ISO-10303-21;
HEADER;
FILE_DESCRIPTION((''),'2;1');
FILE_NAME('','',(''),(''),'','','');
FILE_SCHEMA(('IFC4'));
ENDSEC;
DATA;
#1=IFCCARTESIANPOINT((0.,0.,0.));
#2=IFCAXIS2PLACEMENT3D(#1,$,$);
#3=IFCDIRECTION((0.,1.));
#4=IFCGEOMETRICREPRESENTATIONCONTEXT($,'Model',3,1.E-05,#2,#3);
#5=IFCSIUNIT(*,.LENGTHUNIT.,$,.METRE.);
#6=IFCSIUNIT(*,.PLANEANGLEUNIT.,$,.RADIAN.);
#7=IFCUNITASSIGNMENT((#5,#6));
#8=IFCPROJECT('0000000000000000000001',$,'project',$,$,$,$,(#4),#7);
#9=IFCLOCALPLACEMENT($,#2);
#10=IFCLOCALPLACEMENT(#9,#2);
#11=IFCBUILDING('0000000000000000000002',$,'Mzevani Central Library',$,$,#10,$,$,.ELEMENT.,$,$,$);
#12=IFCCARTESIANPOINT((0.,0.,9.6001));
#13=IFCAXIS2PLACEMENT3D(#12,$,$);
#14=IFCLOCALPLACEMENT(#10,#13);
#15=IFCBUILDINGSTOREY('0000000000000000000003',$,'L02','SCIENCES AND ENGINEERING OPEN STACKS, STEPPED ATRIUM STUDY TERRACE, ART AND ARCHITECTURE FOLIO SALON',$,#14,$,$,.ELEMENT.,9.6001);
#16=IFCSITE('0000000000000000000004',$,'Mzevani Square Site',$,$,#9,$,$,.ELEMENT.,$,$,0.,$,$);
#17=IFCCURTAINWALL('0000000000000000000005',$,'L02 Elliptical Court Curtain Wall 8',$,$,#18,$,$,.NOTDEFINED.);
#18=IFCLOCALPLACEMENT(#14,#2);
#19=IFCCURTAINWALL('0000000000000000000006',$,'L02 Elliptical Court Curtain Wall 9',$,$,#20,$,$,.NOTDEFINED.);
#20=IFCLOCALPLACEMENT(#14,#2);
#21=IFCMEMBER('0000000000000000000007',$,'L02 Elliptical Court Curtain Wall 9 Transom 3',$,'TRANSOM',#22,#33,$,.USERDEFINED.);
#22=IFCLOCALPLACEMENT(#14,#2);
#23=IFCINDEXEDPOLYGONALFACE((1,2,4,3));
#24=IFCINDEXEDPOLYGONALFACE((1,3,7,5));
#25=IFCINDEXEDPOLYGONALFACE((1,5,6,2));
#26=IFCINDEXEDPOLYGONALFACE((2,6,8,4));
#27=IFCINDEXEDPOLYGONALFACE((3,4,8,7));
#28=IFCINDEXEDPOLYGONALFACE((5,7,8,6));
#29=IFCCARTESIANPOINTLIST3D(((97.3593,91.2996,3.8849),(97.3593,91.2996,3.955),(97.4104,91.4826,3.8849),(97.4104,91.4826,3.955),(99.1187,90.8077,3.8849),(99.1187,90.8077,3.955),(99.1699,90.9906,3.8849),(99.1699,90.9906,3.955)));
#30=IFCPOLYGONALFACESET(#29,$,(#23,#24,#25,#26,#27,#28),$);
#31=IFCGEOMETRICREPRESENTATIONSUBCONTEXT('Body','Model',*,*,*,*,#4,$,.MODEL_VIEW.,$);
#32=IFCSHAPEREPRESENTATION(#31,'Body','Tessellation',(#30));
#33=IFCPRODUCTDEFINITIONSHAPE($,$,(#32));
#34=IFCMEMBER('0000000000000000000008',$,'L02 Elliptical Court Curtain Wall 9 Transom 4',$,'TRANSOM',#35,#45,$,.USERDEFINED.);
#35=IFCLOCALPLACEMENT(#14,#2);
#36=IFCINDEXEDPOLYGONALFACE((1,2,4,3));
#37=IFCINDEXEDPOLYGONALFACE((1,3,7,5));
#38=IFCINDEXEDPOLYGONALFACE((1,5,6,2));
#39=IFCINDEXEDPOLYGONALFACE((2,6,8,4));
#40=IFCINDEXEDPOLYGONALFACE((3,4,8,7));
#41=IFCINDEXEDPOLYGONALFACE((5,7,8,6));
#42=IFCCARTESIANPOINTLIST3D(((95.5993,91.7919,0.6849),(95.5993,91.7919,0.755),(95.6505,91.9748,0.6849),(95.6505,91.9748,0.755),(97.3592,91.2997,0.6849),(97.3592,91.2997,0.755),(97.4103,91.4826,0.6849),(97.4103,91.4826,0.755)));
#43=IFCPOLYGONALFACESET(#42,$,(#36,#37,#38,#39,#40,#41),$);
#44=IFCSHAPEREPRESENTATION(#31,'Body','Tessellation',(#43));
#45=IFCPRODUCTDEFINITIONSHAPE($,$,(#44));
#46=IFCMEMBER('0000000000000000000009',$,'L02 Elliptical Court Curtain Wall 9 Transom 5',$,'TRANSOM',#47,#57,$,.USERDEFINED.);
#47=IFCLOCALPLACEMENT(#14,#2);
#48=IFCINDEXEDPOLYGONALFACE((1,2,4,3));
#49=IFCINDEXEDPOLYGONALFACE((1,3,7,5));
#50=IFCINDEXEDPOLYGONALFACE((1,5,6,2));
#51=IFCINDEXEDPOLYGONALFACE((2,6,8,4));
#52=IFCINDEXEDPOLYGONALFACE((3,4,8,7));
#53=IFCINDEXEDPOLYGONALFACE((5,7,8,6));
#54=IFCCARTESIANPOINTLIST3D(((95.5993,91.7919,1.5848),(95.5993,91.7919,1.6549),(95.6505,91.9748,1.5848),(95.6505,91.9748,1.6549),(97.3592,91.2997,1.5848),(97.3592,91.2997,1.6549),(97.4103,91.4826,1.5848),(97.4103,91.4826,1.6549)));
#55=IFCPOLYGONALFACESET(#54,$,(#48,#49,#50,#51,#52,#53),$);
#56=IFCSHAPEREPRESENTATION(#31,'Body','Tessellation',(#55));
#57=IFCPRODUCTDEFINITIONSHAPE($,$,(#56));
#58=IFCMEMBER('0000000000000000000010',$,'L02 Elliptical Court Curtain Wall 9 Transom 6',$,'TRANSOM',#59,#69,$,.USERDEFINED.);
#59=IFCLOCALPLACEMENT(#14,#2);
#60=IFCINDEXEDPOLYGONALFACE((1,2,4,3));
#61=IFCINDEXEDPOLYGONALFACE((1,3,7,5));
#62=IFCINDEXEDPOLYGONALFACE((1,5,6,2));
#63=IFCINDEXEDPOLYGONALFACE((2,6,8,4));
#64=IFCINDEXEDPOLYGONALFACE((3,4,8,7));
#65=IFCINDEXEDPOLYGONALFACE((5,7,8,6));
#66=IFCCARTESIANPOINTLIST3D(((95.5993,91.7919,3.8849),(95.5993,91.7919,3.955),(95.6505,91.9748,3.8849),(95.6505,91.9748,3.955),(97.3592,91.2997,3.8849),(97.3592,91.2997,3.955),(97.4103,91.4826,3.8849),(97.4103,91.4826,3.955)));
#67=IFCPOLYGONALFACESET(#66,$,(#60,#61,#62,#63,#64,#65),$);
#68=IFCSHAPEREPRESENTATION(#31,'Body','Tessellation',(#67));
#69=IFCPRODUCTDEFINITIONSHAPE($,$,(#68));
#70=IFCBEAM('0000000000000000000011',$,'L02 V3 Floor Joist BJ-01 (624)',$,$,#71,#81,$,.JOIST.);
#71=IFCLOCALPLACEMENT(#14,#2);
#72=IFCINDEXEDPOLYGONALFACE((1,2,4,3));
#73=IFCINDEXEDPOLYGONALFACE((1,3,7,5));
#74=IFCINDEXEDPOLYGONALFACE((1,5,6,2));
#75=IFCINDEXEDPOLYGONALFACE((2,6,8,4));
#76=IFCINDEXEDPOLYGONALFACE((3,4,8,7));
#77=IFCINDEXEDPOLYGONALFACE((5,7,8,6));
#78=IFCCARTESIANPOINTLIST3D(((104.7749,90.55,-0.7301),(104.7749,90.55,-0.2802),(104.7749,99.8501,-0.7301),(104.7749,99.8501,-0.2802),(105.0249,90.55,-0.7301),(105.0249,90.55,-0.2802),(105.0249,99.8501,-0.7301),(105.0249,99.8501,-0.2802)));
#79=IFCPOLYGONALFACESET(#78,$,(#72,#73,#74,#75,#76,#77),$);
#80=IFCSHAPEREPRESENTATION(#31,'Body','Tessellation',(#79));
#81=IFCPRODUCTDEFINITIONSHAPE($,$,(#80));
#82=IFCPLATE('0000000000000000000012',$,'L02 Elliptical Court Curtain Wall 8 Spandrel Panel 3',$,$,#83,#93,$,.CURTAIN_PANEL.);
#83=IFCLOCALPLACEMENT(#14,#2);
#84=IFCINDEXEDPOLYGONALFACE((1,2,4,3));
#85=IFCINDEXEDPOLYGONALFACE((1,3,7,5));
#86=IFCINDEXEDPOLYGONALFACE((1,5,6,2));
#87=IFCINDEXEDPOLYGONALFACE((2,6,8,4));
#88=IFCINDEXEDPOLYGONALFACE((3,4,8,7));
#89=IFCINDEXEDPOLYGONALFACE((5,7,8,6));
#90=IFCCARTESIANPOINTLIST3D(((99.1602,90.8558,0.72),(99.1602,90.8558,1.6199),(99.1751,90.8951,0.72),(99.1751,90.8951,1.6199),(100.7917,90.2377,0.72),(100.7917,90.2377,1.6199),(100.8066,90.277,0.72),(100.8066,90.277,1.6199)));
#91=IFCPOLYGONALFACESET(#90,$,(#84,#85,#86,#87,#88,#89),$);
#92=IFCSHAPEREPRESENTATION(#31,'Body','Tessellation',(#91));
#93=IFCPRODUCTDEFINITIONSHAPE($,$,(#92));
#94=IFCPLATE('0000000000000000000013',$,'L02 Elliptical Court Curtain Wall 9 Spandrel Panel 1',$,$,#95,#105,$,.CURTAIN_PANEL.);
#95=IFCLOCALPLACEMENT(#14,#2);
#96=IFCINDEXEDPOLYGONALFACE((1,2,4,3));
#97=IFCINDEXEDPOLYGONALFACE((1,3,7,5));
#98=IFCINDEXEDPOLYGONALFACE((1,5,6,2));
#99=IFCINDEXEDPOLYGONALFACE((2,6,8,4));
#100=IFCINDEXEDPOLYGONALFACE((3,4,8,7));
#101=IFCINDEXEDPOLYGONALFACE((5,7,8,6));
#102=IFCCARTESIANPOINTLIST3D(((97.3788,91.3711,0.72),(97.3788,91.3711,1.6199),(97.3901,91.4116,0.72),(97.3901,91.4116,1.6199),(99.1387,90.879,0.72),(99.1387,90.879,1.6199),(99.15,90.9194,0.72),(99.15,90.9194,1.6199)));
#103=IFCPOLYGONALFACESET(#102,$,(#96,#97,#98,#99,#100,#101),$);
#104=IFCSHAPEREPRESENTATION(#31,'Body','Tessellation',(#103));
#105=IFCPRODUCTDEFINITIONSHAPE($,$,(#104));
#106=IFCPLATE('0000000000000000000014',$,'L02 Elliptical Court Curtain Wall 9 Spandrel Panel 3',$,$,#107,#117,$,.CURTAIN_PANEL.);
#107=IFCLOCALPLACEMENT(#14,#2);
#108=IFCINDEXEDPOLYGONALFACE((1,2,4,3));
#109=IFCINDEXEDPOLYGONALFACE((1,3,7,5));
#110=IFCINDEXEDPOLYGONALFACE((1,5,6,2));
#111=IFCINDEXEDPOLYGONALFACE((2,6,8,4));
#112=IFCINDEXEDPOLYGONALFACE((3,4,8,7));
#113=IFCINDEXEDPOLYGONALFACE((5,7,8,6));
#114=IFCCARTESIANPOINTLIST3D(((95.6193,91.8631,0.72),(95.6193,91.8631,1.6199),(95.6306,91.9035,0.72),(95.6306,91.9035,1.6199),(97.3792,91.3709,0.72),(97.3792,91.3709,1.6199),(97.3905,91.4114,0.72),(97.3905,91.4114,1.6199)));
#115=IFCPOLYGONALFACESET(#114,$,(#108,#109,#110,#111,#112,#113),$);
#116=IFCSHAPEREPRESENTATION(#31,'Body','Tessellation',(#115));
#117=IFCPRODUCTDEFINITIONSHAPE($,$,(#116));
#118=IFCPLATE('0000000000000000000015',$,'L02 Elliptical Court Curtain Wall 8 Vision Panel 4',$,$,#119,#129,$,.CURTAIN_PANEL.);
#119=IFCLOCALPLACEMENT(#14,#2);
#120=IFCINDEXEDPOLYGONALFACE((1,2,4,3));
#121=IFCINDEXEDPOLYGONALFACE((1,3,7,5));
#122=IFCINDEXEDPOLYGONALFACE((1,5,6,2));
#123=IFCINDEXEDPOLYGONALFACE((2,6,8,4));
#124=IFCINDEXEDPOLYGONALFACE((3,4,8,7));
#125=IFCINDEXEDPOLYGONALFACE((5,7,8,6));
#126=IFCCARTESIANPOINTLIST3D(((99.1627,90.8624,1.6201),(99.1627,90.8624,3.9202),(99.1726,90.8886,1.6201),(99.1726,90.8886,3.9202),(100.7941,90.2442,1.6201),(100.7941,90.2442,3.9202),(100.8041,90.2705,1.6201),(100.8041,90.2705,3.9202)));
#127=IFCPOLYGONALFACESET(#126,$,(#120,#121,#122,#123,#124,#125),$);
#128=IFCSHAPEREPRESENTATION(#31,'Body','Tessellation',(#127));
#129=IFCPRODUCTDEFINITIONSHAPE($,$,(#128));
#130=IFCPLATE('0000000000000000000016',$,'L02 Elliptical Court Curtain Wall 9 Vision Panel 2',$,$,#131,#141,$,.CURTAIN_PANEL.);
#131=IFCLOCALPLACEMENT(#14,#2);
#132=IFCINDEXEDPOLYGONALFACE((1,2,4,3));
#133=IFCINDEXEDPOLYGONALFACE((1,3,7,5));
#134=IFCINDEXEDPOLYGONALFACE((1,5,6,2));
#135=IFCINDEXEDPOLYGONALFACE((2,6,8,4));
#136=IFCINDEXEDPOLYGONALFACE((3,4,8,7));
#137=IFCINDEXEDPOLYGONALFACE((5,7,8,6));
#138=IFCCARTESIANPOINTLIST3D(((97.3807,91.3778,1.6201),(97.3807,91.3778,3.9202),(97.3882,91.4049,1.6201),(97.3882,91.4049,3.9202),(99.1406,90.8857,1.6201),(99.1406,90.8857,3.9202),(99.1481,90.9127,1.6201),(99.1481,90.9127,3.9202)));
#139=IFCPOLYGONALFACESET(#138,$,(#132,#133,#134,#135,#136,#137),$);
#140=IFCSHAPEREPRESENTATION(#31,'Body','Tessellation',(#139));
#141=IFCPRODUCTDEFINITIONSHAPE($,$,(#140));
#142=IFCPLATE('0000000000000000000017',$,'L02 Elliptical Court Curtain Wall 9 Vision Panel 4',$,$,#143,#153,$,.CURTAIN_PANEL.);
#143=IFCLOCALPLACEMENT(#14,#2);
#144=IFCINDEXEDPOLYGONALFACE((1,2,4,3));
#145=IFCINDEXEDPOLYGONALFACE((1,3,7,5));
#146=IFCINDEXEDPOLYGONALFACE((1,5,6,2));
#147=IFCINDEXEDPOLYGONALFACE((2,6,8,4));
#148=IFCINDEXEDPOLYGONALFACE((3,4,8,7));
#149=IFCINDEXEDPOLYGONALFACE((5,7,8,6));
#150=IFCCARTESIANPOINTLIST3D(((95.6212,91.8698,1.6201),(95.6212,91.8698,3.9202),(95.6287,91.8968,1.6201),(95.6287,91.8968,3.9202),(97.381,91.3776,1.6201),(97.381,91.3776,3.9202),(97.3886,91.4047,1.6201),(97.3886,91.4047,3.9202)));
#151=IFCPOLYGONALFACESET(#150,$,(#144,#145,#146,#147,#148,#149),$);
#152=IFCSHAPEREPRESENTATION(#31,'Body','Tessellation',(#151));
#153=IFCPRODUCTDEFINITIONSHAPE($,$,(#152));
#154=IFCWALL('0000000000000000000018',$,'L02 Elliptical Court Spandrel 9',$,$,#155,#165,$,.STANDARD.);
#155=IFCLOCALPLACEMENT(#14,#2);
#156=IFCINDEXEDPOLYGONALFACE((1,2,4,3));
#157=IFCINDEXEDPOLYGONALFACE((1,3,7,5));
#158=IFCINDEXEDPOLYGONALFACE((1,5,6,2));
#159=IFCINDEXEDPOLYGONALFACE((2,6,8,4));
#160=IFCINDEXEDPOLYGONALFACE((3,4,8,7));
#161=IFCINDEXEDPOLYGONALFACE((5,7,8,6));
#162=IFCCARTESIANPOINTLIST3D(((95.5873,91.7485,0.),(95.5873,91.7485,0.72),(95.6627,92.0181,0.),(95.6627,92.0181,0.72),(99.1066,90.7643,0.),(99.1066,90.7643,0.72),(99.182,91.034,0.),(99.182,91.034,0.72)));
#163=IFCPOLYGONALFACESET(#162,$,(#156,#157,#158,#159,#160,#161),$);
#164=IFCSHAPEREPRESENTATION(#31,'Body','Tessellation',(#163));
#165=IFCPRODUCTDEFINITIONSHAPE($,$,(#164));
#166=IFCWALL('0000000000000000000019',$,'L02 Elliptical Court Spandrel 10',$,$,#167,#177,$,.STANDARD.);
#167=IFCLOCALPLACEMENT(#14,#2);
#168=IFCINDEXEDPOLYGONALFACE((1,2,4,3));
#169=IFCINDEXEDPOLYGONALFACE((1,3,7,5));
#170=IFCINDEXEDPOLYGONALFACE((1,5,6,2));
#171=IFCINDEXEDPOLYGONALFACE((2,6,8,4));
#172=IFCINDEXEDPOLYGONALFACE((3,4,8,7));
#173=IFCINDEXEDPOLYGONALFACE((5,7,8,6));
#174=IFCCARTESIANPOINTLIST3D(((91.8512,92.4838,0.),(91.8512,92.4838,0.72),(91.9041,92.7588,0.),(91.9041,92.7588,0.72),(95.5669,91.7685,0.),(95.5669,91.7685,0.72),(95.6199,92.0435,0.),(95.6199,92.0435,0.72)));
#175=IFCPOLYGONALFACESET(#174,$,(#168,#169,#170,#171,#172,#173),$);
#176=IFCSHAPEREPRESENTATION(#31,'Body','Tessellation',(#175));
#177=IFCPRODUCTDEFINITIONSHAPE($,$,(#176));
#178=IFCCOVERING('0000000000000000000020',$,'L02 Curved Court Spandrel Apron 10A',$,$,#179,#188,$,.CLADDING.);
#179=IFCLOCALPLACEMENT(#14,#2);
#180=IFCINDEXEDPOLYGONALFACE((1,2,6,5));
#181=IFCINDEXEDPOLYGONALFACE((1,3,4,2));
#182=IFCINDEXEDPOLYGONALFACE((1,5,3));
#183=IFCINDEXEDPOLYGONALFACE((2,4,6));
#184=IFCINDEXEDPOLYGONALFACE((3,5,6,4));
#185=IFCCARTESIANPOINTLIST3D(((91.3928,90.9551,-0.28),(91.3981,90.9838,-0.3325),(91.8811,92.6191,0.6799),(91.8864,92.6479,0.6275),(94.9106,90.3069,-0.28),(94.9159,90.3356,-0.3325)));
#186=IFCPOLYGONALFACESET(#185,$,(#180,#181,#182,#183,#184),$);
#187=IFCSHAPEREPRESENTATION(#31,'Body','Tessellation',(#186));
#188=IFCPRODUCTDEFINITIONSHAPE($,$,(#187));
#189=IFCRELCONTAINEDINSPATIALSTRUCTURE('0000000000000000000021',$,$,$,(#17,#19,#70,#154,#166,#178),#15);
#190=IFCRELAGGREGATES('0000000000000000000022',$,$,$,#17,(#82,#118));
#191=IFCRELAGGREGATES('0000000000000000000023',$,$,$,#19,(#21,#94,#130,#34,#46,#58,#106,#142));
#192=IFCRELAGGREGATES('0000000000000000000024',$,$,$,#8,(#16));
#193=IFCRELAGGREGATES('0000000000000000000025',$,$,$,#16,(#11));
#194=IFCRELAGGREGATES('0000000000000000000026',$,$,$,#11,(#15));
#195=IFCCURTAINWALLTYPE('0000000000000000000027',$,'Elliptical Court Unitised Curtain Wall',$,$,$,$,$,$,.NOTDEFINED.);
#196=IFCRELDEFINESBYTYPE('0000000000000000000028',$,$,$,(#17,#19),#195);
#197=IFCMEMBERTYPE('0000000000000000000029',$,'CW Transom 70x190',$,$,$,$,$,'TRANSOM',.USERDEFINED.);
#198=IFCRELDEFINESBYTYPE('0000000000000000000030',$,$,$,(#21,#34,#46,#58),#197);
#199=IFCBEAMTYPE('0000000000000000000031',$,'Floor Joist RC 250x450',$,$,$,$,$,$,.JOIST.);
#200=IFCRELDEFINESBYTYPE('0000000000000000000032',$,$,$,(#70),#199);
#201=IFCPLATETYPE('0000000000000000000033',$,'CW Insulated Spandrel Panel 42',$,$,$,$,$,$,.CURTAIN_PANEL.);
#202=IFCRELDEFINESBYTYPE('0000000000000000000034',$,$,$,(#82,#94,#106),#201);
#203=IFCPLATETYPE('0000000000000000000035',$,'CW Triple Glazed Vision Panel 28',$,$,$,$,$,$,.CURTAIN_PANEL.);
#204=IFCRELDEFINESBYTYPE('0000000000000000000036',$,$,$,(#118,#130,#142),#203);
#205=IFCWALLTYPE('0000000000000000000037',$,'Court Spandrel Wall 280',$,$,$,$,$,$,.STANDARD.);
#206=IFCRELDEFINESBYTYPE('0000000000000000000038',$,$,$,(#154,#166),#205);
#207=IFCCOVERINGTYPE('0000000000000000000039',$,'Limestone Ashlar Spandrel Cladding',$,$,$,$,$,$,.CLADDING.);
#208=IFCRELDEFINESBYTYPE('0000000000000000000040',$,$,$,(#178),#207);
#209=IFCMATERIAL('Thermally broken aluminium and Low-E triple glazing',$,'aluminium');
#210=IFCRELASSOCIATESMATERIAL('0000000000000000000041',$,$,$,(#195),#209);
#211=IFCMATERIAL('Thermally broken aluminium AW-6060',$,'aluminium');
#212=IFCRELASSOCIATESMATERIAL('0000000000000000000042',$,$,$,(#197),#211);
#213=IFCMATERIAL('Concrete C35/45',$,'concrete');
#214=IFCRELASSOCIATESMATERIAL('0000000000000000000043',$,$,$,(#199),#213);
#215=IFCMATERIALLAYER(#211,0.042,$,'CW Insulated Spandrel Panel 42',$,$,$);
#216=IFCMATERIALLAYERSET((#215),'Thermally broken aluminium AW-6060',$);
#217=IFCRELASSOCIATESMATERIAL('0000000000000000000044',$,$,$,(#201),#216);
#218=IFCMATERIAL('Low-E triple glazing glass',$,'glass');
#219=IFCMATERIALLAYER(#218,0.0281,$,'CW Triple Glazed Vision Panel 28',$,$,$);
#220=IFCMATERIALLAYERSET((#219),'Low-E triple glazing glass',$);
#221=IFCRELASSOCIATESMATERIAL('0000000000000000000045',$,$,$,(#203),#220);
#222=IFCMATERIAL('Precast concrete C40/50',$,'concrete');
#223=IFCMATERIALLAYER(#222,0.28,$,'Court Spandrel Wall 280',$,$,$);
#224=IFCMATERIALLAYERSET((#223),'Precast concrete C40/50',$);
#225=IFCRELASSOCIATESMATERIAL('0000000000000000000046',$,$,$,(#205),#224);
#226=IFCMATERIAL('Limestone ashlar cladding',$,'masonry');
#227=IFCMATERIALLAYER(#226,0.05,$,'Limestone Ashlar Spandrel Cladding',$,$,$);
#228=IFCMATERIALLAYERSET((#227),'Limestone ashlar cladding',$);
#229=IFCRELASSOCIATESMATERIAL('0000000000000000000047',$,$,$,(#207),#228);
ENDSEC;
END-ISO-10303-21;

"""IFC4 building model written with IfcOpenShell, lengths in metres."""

from ifc_helpers import new_model, si_unit, direction, frame, frame_2d, origin, origin_2d, place, context, subcontext, project, spatial, polyline, rectangle, outline, extrude, material, layer, layer_set, material_profile, profile_set, type_object, element, aggregate, save


model = new_model("IFC4")

# Units and contexts
model_context = context("Model", 3, precision=1e-05, world=origin(), true_north=direction((0.0, 1.0)))
body_context = subcontext(model_context, "Body", "Model", "MODEL_VIEW")
ifc_project = project(units=[si_unit("LENGTHUNIT", "METRE"), si_unit("PLANEANGLEUNIT", "RADIAN")], contexts=[model_context])

# Site, building, storey
site_placement = place(None, origin())
site = spatial("IfcSite", under=ifc_project, at=site_placement, Name="Mzevani Square Site", CompositionType="ELEMENT", RefElevation=0.0)
building_placement = place(site_placement, origin())
building = spatial("IfcBuilding", under=site, at=building_placement, Name="Mzevani Central Library", CompositionType="ELEMENT")
storey_placement = place(building_placement, frame((0.0, 0.0, 9.6001)))
storey = spatial("IfcBuildingStorey", under=building, at=storey_placement, Name="L02", Description="SCIENCES AND ENGINEERING OPEN STACKS, STEPPED ATRIUM STUDY TERRACE, ART AND ARCHITECTURE FOLIO SALON", CompositionType="ELEMENT", Elevation=9.6001)

# Shared definitions
ifc_material_1 = material(Name="Concrete C35/45", Category="concrete")

# Curtain wall
ifc_material_2 = material(Name="Thermally broken aluminium and Low-E triple glazing", Category="aluminium")
curtain_wall_type_1 = type_object("IfcCurtainWallType", Name="Elliptical Court Unitised Curtain Wall", PredefinedType="NOTDEFINED", material=ifc_material_2)
curtain_wall_1_placement = place(storey_placement, origin())
curtain_wall_1 = element("IfcCurtainWall", 1, at=curtain_wall_1_placement, inside=storey, type_object=curtain_wall_type_1, Name="L02 Elliptical Court Curtain Wall 8", PredefinedType="NOTDEFINED")
ifc_material_3 = material(Name="Thermally broken aluminium AW-6060", Category="aluminium")

# Curtain wall
curtain_wall_2_placement = place(storey_placement, origin())
curtain_wall_2 = element("IfcCurtainWall", 2, at=curtain_wall_2_placement, inside=storey, type_object=curtain_wall_type_1, Name="L02 Elliptical Court Curtain Wall 9", PredefinedType="NOTDEFINED")

# Members
ifc_material_profile_1 = material_profile(ifc_material_3, rectangle(XDim=0.1899, YDim=0.0701, at=origin_2d()), Name="ALU T70x190")
ifc_profile_set_1 = profile_set([ifc_material_profile_1], Name="Thermally broken aluminium AW-6060")
member_type_1 = type_object("IfcMemberType", Name="CW Transom 70x190", ElementType="TRANSOM", PredefinedType="USERDEFINED", material=ifc_profile_set_1)
member_1_placement = place(storey_placement, frame((99.1443, 90.8992, 3.9199), z_axis=(-0.963067, 0.269263, 0.0), x_axis=(-0.269263, -0.963067, 0.0)))
member_1 = element("IfcMember", 3, at=member_1_placement, type_object=member_type_1, Name="L02 Elliptical Court Curtain Wall 9 Transom 3", ObjectType="TRANSOM", PredefinedType="USERDEFINED", context=body_context, shape_type="SweptSolid", body=[
    extrude(rectangle(XDim=0.1899, YDim=0.0701, at=origin_2d()), origin(), (0.0, 0.0, 1.0), 1.8269),
])
member_2_placement = place(storey_placement, frame((97.3848, 91.3911, 0.72), z_axis=(-0.963042, 0.269352, 0.0), x_axis=(-0.269352, -0.963042, 0.0)))
member_2 = element("IfcMember", 4, at=member_2_placement, type_object=member_type_1, Name="L02 Elliptical Court Curtain Wall 9 Transom 4", ObjectType="TRANSOM", PredefinedType="USERDEFINED", context=body_context, shape_type="SweptSolid", body=[
    extrude(rectangle(XDim=0.1899, YDim=0.0701, at=origin_2d()), origin(), (0.0, 0.0, 1.0), 1.8274),
])
member_3_placement = place(storey_placement, frame((97.3848, 91.3911, 1.6199), z_axis=(-0.963042, 0.269352, 0.0), x_axis=(-0.269352, -0.963042, 0.0)))
member_3 = element("IfcMember", 5, at=member_3_placement, type_object=member_type_1, Name="L02 Elliptical Court Curtain Wall 9 Transom 5", ObjectType="TRANSOM", PredefinedType="USERDEFINED", context=body_context, shape_type="SweptSolid", body=[
    extrude(rectangle(XDim=0.1899, YDim=0.0701, at=origin_2d()), origin(), (0.0, 0.0, 1.0), 1.8274),
])
member_4_placement = place(storey_placement, frame((97.3848, 91.3911, 3.9199), z_axis=(-0.963042, 0.269352, 0.0), x_axis=(-0.269352, -0.963042, 0.0)))
member_4 = element("IfcMember", 6, at=member_4_placement, type_object=member_type_1, Name="L02 Elliptical Court Curtain Wall 9 Transom 6", ObjectType="TRANSOM", PredefinedType="USERDEFINED", context=body_context, shape_type="SweptSolid", body=[
    extrude(rectangle(XDim=0.1899, YDim=0.0701, at=origin_2d()), origin(), (0.0, 0.0, 1.0), 1.8274),
])

# Beam
ifc_material_profile_2 = material_profile(ifc_material_1, rectangle(XDim=0.25, YDim=0.45, at=origin_2d()), Name="RC J250x450")
ifc_profile_set_2 = profile_set([ifc_material_profile_2], Name="Concrete C35/45")
beam_type_1 = type_object("IfcBeamType", Name="Floor Joist RC 250x450", PredefinedType="JOIST", material=ifc_profile_set_2)
beam_1_placement = place(storey_placement, frame((104.8999, 90.55, -0.5051), z_axis=(0.0, 1.0, 0.0), x_axis=(-1.0, 0.0, 0.0)))
element("IfcBeam", 7, at=beam_1_placement, inside=storey, type_object=beam_type_1, Name="L02 V3 Floor Joist BJ-01 (624)", PredefinedType="JOIST", context=body_context, shape_type="SweptSolid", body=[
    extrude(rectangle(XDim=0.25, YDim=0.45, at=origin_2d()), origin(), (0.0, 0.0, 1.0), 9.3),
])

# Plates
ifc_layer_1 = layer(ifc_material_3, 0.042, Name="CW Insulated Spandrel Panel 42")
ifc_layer_set_1 = layer_set([ifc_layer_1], Name="Thermally broken aluminium AW-6060")
plate_type_1 = type_object("IfcPlateType", Name="CW Insulated Spandrel Panel 42", PredefinedType="CURTAIN_PANEL", material=ifc_layer_set_1)
plate_1_placement = place(storey_placement, frame((99.9834, 90.5664, 0.72), z_axis=(0.0, 0.0, 1.0), x_axis=(-0.935126, 0.354316, 0.0)))
plate_1 = element("IfcPlate", 8, at=plate_1_placement, type_object=plate_type_1, Name="L02 Elliptical Court Curtain Wall 8 Spandrel Panel 3", PredefinedType="CURTAIN_PANEL", context=body_context, shape_type="SweptSolid", body=[
    extrude(rectangle(XDim=1.7446, YDim=0.042, at=origin_2d()), origin(), (0.0, 0.0, 1.0), 0.8999),
])
plate_2_placement = place(storey_placement, frame((98.2644, 91.1453, 0.72), z_axis=(0.0, 0.0, 1.0), x_axis=(-0.963054, 0.26931, 0.0)))
plate_2 = element("IfcPlate", 9, at=plate_2_placement, type_object=plate_type_1, Name="L02 Elliptical Court Curtain Wall 9 Spandrel Panel 1", PredefinedType="CURTAIN_PANEL", context=body_context, shape_type="SweptSolid", body=[
    extrude(rectangle(XDim=1.8274, YDim=0.042, at=origin_2d()), origin(), (0.0, 0.0, 1.0), 0.8999),
])
plate_3_placement = place(storey_placement, frame((96.5049, 91.6372, 0.72), z_axis=(0.0, 0.0, 1.0), x_axis=(-0.963054, 0.26931, 0.0)))
plate_3 = element("IfcPlate", 10, at=plate_3_placement, type_object=plate_type_1, Name="L02 Elliptical Court Curtain Wall 9 Spandrel Panel 3", PredefinedType="CURTAIN_PANEL", context=body_context, shape_type="SweptSolid", body=[
    extrude(rectangle(XDim=1.8274, YDim=0.042, at=origin_2d()), origin(), (0.0, 0.0, 1.0), 0.8999),
])
ifc_material_4 = material(Name="Low-E triple glazing glass", Category="glass")
ifc_layer_2 = layer(ifc_material_4, 0.0281, Name="CW Triple Glazed Vision Panel 28")
ifc_layer_set_2 = layer_set([ifc_layer_2], Name="Low-E triple glazing glass")
plate_type_2 = type_object("IfcPlateType", Name="CW Triple Glazed Vision Panel 28", PredefinedType="CURTAIN_PANEL", material=ifc_layer_set_2)
plate_4_placement = place(storey_placement, frame((99.9834, 90.5664, 1.6201), z_axis=(0.0, 0.0, 1.0), x_axis=(-0.935126, 0.354316, 0.0)))
plate_4 = element("IfcPlate", 11, at=plate_4_placement, type_object=plate_type_2, Name="L02 Elliptical Court Curtain Wall 8 Vision Panel 4", PredefinedType="CURTAIN_PANEL", context=body_context, shape_type="SweptSolid", body=[
    extrude(rectangle(XDim=1.7446, YDim=0.0281, at=origin_2d()), origin(), (0.0, 0.0, 1.0), 2.3),
])
aggregate(curtain_wall_1, [plate_1, plate_4])
plate_5_placement = place(storey_placement, frame((98.2644, 91.1453, 1.6201), z_axis=(0.0, 0.0, 1.0), x_axis=(-0.963054, 0.26931, 0.0)))
plate_5 = element("IfcPlate", 12, at=plate_5_placement, type_object=plate_type_2, Name="L02 Elliptical Court Curtain Wall 9 Vision Panel 2", PredefinedType="CURTAIN_PANEL", context=body_context, shape_type="SweptSolid", body=[
    extrude(rectangle(XDim=1.8274, YDim=0.0281, at=origin_2d()), origin(), (0.0, 0.0, 1.0), 2.3),
])
plate_6_placement = place(storey_placement, frame((96.5049, 91.6372, 1.6201), z_axis=(0.0, 0.0, 1.0), x_axis=(-0.963054, 0.26931, 0.0)))
plate_6 = element("IfcPlate", 13, at=plate_6_placement, type_object=plate_type_2, Name="L02 Elliptical Court Curtain Wall 9 Vision Panel 4", PredefinedType="CURTAIN_PANEL", context=body_context, shape_type="SweptSolid", body=[
    extrude(rectangle(XDim=1.8274, YDim=0.0281, at=origin_2d()), origin(), (0.0, 0.0, 1.0), 2.3),
])
aggregate(curtain_wall_2, [member_1, plate_2, plate_5, member_2, member_3, member_4, plate_3, plate_6])

# Walls
ifc_material_5 = material(Name="Precast concrete C40/50", Category="concrete")
ifc_layer_3 = layer(ifc_material_5, 0.28, Name="Court Spandrel Wall 280")
ifc_layer_set_3 = layer_set([ifc_layer_3], Name="Precast concrete C40/50")
wall_type = type_object("IfcWallType", Name="Court Spandrel Wall 280", PredefinedType="STANDARD", material=ifc_layer_set_3)
wall_1_placement = place(storey_placement, frame((99.1443, 90.8992, 0.0), z_axis=(0.0, 0.0, 1.0), x_axis=(-0.963054, 0.269308, 0.0)))
element("IfcWall", 14, at=wall_1_placement, inside=storey, type_object=wall_type, Name="L02 Elliptical Court Spandrel 9", PredefinedType="STANDARD", context=body_context, shape_type="SweptSolid", body=[
    extrude(rectangle(XDim=3.6543, YDim=0.28, at=frame_2d((1.8271, 0.0))), origin(), (0.0, 0.0, 1.0), 0.72),
])
wall_2_placement = place(storey_placement, frame((95.5935, 91.906, 0.0), z_axis=(0.0, 0.0, 1.0), x_axis=(-0.98197, 0.189039, 0.0)))
element("IfcWall", 15, at=wall_2_placement, inside=storey, type_object=wall_type, Name="L02 Elliptical Court Spandrel 10", PredefinedType="STANDARD", context=body_context, shape_type="SweptSolid", body=[
    extrude(rectangle(XDim=3.7839, YDim=0.28, at=frame_2d((1.8921, 0.0))), origin(), (0.0, 0.0, 1.0), 0.72),
])

# Covering
ifc_material_6 = material(Name="Limestone ashlar cladding", Category="masonry")
ifc_layer_4 = layer(ifc_material_6, 0.05, Name="Limestone Ashlar Spandrel Cladding")
ifc_layer_set_4 = layer_set([ifc_layer_4], Name="Limestone ashlar cladding")
covering_type = type_object("IfcCoveringType", Name="Limestone Ashlar Spandrel Cladding", PredefinedType="CLADDING", material=ifc_layer_set_4)
covering_1_placement = place(storey_placement, frame((94.9106, 90.3069, -0.28), z_axis=(-0.088117, -0.478224, 0.873806), x_axis=(-0.983445, 0.181209, 0.0)))
element("IfcCovering", 16, at=covering_1_placement, inside=storey, type_object=covering_type, Name="L02 Curved Court Spandrel Apron 10A", PredefinedType="CLADDING", context=body_context, shape_type="SweptSolid", body=[
    extrude(outline(polyline([(0.0, 0.0), (3.577, 0.0), (3.3984, -1.9741), (0.0, 0.0)])), origin(), (0.0, 0.0, -1.0), 0.0601),
])

save(model, "model.ifc")
